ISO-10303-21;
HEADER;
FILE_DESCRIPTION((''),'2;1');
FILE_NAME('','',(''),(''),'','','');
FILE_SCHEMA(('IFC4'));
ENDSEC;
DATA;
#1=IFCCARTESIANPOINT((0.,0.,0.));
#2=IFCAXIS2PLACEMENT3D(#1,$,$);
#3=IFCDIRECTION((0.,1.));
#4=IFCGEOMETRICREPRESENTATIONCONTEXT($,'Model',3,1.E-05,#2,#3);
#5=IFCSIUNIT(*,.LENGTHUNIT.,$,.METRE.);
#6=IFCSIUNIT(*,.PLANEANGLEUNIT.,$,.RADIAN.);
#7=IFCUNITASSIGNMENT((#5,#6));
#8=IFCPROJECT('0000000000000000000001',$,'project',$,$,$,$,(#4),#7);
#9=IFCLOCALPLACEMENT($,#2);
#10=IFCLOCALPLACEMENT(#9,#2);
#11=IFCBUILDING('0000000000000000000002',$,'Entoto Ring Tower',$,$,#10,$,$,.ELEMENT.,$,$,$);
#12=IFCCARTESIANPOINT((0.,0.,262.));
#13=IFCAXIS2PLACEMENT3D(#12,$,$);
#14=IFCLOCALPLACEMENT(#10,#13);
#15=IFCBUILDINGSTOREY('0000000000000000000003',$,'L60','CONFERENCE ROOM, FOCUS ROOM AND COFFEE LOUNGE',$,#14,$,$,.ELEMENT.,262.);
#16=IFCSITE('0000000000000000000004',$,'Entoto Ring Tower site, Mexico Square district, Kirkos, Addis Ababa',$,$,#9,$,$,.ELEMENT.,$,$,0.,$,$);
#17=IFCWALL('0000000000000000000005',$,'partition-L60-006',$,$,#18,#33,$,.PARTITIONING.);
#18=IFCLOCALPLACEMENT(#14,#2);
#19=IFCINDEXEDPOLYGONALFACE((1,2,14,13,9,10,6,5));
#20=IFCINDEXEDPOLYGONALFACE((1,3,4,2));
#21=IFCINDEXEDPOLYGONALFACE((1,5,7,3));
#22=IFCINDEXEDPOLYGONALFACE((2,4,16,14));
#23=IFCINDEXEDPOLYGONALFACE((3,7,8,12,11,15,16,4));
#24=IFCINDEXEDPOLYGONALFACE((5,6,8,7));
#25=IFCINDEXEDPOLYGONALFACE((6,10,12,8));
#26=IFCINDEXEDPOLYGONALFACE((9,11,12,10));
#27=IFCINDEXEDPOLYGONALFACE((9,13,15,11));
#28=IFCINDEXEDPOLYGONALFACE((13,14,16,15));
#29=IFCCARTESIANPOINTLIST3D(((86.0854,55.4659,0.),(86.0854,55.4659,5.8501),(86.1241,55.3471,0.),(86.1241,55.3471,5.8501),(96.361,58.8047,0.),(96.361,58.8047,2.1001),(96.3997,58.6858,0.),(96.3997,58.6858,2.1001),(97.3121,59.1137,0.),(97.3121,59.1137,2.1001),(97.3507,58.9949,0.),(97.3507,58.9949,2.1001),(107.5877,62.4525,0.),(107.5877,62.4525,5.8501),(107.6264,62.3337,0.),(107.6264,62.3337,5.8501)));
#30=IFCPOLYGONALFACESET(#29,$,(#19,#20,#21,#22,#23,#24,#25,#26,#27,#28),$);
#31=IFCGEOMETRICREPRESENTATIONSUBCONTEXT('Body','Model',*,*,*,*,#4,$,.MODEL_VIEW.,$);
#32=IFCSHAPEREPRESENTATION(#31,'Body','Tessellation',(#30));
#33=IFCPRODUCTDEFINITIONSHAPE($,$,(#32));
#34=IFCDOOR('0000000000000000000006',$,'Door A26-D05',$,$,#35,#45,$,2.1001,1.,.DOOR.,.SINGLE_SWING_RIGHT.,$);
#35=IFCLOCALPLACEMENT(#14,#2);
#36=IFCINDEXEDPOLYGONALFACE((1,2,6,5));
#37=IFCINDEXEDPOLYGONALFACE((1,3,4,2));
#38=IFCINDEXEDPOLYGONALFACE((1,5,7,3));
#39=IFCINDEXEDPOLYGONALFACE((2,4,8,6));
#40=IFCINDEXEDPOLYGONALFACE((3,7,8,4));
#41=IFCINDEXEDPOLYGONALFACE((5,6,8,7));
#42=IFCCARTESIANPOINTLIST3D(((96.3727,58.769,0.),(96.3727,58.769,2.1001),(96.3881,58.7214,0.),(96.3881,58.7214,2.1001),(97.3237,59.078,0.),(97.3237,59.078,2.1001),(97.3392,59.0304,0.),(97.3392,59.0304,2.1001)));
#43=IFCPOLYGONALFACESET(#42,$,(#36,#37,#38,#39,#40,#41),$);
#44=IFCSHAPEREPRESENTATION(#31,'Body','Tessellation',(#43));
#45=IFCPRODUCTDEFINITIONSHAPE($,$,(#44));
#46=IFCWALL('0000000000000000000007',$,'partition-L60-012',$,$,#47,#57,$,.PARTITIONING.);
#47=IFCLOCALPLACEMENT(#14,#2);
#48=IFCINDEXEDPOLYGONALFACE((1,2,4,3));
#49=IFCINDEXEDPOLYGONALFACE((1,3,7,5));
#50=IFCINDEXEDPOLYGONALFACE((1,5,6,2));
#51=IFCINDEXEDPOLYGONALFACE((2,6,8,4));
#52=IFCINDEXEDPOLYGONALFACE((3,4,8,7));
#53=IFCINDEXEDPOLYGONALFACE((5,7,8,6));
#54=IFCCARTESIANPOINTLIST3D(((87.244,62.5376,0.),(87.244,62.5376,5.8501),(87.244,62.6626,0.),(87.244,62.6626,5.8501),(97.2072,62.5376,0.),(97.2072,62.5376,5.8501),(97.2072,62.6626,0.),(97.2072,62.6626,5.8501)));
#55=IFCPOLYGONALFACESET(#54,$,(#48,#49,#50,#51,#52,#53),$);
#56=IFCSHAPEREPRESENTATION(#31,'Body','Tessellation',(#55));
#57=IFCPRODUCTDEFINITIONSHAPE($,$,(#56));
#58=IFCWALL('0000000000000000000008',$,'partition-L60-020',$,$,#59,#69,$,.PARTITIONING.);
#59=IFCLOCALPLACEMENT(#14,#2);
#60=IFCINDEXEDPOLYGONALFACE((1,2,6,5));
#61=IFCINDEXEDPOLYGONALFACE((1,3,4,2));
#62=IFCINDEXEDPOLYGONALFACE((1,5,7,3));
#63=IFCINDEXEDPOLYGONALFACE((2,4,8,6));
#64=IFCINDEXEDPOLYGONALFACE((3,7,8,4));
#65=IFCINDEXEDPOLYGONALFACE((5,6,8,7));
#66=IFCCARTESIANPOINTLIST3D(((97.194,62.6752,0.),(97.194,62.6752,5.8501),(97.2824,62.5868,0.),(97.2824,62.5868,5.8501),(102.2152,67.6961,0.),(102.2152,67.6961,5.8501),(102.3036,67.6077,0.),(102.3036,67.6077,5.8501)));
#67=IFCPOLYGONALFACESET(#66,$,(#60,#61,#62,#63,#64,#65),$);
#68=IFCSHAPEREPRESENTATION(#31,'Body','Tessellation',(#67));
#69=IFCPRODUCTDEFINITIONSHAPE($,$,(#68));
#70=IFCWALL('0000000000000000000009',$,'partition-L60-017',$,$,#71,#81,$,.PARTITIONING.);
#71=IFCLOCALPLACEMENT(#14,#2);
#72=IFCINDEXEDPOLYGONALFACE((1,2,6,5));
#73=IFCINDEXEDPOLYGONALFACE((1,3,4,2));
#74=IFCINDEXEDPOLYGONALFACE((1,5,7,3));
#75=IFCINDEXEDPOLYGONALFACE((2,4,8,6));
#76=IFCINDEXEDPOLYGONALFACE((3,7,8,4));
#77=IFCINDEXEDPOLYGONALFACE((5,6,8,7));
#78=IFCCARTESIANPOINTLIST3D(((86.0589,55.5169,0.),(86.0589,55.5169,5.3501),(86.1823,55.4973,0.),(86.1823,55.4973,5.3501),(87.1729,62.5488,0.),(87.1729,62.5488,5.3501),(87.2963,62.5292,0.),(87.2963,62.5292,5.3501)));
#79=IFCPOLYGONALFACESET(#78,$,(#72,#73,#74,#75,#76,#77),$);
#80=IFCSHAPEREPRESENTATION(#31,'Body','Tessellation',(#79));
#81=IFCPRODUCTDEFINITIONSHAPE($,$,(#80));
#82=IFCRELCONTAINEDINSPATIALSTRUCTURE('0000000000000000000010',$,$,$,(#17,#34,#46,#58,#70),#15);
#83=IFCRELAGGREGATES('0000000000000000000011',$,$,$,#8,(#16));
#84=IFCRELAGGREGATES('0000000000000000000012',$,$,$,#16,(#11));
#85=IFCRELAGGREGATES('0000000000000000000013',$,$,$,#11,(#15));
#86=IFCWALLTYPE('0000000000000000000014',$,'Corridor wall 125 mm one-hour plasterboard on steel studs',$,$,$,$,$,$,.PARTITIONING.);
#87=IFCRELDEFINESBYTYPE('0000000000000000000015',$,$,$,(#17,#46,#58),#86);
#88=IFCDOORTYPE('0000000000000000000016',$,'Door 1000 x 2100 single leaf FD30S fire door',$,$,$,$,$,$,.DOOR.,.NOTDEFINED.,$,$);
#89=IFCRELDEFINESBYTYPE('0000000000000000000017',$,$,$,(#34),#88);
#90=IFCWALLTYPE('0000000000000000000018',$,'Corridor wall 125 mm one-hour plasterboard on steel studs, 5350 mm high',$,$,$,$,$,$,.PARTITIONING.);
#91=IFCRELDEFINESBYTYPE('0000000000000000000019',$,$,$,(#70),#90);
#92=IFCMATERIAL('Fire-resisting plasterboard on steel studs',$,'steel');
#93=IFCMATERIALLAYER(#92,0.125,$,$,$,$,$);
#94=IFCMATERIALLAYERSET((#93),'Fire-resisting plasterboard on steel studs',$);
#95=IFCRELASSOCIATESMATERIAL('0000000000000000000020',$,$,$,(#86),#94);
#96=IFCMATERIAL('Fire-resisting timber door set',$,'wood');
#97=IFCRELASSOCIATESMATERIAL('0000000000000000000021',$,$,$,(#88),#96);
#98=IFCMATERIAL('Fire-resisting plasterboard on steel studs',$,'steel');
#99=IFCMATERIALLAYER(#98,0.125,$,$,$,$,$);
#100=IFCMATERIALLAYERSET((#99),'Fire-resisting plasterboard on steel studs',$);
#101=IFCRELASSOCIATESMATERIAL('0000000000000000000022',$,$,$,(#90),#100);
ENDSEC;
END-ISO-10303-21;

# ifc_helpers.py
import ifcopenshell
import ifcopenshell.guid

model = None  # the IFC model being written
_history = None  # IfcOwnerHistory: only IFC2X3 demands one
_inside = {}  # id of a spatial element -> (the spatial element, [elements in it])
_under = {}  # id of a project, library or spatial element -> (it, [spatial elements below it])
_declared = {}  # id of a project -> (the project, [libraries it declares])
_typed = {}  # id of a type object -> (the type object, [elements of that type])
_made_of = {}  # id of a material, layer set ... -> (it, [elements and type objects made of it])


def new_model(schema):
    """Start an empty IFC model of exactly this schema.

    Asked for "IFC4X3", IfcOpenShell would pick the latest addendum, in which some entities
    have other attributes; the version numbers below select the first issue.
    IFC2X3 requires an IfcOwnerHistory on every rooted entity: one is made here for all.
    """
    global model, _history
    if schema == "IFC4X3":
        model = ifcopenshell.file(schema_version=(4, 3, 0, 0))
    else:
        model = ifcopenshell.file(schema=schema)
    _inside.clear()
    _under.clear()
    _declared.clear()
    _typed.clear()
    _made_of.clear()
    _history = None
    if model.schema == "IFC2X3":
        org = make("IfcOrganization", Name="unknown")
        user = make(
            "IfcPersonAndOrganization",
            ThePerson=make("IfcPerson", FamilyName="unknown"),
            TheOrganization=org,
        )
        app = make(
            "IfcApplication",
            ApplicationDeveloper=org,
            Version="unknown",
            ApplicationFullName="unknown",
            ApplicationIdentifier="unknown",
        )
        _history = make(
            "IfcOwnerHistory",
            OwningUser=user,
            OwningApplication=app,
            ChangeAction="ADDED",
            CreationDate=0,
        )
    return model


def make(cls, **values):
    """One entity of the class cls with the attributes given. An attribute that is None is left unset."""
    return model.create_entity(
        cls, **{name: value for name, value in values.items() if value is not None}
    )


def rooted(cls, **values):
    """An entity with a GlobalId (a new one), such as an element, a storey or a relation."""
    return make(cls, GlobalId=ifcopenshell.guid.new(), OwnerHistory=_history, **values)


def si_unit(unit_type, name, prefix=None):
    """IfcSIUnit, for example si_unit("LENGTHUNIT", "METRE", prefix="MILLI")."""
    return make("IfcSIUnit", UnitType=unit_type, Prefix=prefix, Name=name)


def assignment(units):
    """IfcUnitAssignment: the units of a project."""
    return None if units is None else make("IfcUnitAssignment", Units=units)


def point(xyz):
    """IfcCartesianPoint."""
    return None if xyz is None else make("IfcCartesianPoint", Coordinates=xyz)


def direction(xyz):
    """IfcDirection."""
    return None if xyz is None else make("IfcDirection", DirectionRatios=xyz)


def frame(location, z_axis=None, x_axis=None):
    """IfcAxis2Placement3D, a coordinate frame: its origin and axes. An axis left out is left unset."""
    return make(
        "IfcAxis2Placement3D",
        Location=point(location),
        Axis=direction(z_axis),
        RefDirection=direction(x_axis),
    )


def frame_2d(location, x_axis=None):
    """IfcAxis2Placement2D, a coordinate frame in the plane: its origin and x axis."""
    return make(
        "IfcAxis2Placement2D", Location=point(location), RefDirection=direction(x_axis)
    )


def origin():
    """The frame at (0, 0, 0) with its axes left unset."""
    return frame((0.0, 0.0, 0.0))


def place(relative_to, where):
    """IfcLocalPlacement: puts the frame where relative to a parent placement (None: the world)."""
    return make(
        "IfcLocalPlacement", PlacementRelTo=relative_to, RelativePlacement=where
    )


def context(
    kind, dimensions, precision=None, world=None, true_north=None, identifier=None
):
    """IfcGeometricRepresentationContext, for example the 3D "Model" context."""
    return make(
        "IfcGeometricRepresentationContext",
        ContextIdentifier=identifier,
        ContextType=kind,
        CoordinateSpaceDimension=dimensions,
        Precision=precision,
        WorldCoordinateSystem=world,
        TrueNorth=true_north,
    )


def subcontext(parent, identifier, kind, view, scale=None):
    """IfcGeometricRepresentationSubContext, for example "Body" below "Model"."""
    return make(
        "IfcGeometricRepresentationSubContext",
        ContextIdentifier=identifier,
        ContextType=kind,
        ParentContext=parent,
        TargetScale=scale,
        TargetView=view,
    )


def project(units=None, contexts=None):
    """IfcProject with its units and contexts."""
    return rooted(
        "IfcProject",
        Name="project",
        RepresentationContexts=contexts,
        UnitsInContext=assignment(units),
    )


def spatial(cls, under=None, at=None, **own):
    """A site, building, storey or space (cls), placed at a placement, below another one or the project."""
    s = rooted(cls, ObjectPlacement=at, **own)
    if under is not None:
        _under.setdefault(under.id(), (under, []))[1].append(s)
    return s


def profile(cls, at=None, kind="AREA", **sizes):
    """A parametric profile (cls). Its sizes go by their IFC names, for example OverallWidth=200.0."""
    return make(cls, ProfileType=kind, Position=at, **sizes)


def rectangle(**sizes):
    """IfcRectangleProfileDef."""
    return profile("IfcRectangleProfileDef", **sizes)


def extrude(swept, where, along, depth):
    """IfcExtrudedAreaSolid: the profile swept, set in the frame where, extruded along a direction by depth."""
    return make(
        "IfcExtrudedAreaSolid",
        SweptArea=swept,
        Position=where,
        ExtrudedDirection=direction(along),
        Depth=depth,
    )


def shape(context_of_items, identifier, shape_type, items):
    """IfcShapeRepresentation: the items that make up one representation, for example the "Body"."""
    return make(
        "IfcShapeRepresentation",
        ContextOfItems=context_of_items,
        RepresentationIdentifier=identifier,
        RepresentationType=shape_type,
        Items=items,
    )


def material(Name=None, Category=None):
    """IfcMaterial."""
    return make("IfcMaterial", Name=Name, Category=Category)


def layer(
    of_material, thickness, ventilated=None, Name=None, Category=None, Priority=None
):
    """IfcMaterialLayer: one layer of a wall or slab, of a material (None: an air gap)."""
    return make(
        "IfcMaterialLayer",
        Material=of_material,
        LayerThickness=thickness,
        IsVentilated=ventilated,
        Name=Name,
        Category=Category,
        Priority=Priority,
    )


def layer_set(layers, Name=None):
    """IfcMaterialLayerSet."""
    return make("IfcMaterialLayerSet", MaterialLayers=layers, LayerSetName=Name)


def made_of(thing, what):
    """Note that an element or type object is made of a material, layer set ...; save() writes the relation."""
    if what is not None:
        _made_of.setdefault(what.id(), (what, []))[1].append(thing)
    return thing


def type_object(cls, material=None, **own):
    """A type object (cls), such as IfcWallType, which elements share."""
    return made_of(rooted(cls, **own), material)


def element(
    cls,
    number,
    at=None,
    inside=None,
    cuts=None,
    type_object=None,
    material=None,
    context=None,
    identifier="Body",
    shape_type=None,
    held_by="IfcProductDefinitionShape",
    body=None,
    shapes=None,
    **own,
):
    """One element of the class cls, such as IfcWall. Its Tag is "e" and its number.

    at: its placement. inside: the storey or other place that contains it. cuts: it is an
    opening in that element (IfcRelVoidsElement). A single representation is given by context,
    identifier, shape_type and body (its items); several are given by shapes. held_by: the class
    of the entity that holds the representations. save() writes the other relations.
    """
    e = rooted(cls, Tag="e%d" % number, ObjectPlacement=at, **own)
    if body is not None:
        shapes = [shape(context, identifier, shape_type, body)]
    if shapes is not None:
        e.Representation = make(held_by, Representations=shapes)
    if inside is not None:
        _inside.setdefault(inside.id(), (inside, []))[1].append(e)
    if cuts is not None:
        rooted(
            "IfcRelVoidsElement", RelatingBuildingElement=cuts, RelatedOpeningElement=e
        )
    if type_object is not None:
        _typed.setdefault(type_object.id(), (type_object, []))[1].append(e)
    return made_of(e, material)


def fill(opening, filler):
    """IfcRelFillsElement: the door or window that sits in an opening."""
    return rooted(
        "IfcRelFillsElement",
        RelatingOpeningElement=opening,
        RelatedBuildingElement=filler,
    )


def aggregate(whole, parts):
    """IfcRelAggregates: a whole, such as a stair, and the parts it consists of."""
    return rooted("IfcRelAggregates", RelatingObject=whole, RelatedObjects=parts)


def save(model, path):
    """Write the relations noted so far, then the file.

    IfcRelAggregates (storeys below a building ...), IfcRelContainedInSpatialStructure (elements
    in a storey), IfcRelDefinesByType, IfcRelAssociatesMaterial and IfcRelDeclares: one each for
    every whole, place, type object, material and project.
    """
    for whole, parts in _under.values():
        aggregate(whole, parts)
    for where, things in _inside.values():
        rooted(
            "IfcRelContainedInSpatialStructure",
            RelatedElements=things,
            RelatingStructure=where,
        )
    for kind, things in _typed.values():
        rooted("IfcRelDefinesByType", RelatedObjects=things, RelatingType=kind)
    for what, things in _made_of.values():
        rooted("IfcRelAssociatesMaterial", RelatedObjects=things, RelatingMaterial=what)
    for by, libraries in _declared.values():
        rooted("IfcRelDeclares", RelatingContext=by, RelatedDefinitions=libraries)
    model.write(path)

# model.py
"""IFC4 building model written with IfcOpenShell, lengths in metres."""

from ifc_helpers import new_model, si_unit, direction, frame, frame_2d, origin, place, context, subcontext, project, spatial, rectangle, extrude, material, layer, layer_set, type_object, element, fill, save


model = new_model("IFC4")

# Units and contexts
model_context = context("Model", 3, precision=1e-05, world=origin(), true_north=direction((0.0, 1.0)))
body_context = subcontext(model_context, "Body", "Model", "MODEL_VIEW")
ifc_project = project(units=[si_unit("LENGTHUNIT", "METRE"), si_unit("PLANEANGLEUNIT", "RADIAN")], contexts=[model_context])

# Site, building, storey
site_placement = place(None, origin())
site = spatial("IfcSite", under=ifc_project, at=site_placement, Name="Entoto Ring Tower site, Mexico Square district, Kirkos, Addis Ababa", CompositionType="ELEMENT", RefElevation=0.0)
building_placement = place(site_placement, origin())
building = spatial("IfcBuilding", under=site, at=building_placement, Name="Entoto Ring Tower", CompositionType="ELEMENT")
storey_placement = place(building_placement, frame((0.0, 0.0, 262.0)))
storey = spatial("IfcBuildingStorey", under=building, at=storey_placement, Name="L60", Description="CONFERENCE ROOM, FOCUS ROOM AND COFFEE LOUNGE", CompositionType="ELEMENT", Elevation=262.0)

# Wall, opening, door
ifc_material_1 = material(Name="Fire-resisting plasterboard on steel studs", Category="steel")
ifc_layer_1 = layer(ifc_material_1, 0.125)
ifc_layer_set_1 = layer_set([ifc_layer_1], Name="Fire-resisting plasterboard on steel studs")
wall_type_1 = type_object("IfcWallType", Name="Corridor wall 125 mm one-hour plasterboard on steel studs", PredefinedType="PARTITIONING", material=ifc_layer_set_1)
wall_1_placement = place(storey_placement, frame((86.1047, 55.4065, 0.0), z_axis=(0.0, 0.0, 1.0), x_axis=(0.951055, 0.30902, 0.0)))
wall_1 = element("IfcWall", 1, at=wall_1_placement, inside=storey, type_object=wall_type_1, Name="partition-L60-006", PredefinedType="PARTITIONING", context=body_context, shape_type="SweptSolid", body=[
    extrude(rectangle(XDim=22.6089, YDim=0.125, at=frame_2d((11.3044, 0.0))), origin(), (0.0, 0.0, 1.0), 5.8501),
])
opening_placement = place(wall_1_placement, frame((10.8044, 0.0, 0.0)))
opening = element("IfcOpeningElement", 2, at=opening_placement, cuts=wall_1, PredefinedType="OPENING", context=body_context, shape_type="SweptSolid", body=[
    extrude(rectangle(XDim=1.0, YDim=2.1001, at=frame_2d((0.5, 1.05))), frame((0.0, 0.0725, 0.0), z_axis=(0.0, -1.0, 0.0), x_axis=(1.0, 0.0, 0.0)), (0.0, 0.0, 1.0), 0.145),
])
ifc_material_2 = material(Name="Fire-resisting timber door set", Category="wood")
door_type = type_object("IfcDoorType", Name="Door 1000 x 2100 single leaf FD30S fire door", OperationType="NOTDEFINED", PredefinedType="DOOR", material=ifc_material_2)
door_placement = place(opening_placement, origin())
door = element("IfcDoor", 3, at=door_placement, inside=storey, type_object=door_type, Name="Door A26-D05", OperationType="SINGLE_SWING_RIGHT", OverallHeight=2.1001, OverallWidth=1.0, PredefinedType="DOOR", context=body_context, shape_type="SweptSolid", body=[
    extrude(rectangle(XDim=1.0, YDim=2.1001, at=frame_2d((0.5, 1.05))), frame((0.0, 0.0249, 0.0), z_axis=(0.0, -1.0, 0.0), x_axis=(1.0, 0.0, 0.0)), (0.0, 0.0, 1.0), 0.05),
])
fill(opening, door)

# Walls
wall_2_placement = place(storey_placement, frame((87.2441, 62.6001, 0.0), z_axis=(0.0, 0.0, 1.0), x_axis=(1.0, 0.0, 0.0)))
element("IfcWall", 4, at=wall_2_placement, inside=storey, type_object=wall_type_1, Name="partition-L60-012", PredefinedType="PARTITIONING", context=body_context, shape_type="SweptSolid", body=[
    extrude(rectangle(XDim=9.9631, YDim=0.125, at=frame_2d((4.9814, 0.0))), origin(), (0.0, 0.0, 1.0), 5.8501),
])
wall_3_placement = place(storey_placement, frame((97.2383, 62.6311, 0.0), z_axis=(0.0, 0.0, 1.0), x_axis=(0.707124, 0.70709, 0.0)))
element("IfcWall", 5, at=wall_3_placement, inside=storey, type_object=wall_type_1, Name="partition-L60-020", PredefinedType="PARTITIONING", context=body_context, shape_type="SweptSolid", body=[
    extrude(rectangle(XDim=7.1008, YDim=0.125, at=frame_2d((3.5503, 0.0))), origin(), (0.0, 0.0, 1.0), 5.8501),
])
ifc_material_3 = material(Name="Fire-resisting plasterboard on steel studs", Category="steel")
ifc_layer_2 = layer(ifc_material_3, 0.125)
ifc_layer_set_2 = layer_set([ifc_layer_2], Name="Fire-resisting plasterboard on steel studs")
wall_type_2 = type_object("IfcWallType", Name="Corridor wall 125 mm one-hour plasterboard on steel studs, 5350 mm high", PredefinedType="PARTITIONING", material=ifc_layer_set_2)
wall_4_placement = place(storey_placement, frame((86.1206, 55.5071, 0.0), z_axis=(0.0, 0.0, 1.0), x_axis=(0.15647, 0.987683, 0.0)))
element("IfcWall", 6, at=wall_4_placement, inside=storey, type_object=wall_type_2, Name="partition-L60-017", PredefinedType="PARTITIONING", context=body_context, shape_type="SweptSolid", body=[
    extrude(rectangle(XDim=7.1196, YDim=0.125, at=frame_2d((3.5598, 0.0))), origin(), (0.0, 0.0, 1.0), 5.3501),
])

save(model, "model.ifc")
